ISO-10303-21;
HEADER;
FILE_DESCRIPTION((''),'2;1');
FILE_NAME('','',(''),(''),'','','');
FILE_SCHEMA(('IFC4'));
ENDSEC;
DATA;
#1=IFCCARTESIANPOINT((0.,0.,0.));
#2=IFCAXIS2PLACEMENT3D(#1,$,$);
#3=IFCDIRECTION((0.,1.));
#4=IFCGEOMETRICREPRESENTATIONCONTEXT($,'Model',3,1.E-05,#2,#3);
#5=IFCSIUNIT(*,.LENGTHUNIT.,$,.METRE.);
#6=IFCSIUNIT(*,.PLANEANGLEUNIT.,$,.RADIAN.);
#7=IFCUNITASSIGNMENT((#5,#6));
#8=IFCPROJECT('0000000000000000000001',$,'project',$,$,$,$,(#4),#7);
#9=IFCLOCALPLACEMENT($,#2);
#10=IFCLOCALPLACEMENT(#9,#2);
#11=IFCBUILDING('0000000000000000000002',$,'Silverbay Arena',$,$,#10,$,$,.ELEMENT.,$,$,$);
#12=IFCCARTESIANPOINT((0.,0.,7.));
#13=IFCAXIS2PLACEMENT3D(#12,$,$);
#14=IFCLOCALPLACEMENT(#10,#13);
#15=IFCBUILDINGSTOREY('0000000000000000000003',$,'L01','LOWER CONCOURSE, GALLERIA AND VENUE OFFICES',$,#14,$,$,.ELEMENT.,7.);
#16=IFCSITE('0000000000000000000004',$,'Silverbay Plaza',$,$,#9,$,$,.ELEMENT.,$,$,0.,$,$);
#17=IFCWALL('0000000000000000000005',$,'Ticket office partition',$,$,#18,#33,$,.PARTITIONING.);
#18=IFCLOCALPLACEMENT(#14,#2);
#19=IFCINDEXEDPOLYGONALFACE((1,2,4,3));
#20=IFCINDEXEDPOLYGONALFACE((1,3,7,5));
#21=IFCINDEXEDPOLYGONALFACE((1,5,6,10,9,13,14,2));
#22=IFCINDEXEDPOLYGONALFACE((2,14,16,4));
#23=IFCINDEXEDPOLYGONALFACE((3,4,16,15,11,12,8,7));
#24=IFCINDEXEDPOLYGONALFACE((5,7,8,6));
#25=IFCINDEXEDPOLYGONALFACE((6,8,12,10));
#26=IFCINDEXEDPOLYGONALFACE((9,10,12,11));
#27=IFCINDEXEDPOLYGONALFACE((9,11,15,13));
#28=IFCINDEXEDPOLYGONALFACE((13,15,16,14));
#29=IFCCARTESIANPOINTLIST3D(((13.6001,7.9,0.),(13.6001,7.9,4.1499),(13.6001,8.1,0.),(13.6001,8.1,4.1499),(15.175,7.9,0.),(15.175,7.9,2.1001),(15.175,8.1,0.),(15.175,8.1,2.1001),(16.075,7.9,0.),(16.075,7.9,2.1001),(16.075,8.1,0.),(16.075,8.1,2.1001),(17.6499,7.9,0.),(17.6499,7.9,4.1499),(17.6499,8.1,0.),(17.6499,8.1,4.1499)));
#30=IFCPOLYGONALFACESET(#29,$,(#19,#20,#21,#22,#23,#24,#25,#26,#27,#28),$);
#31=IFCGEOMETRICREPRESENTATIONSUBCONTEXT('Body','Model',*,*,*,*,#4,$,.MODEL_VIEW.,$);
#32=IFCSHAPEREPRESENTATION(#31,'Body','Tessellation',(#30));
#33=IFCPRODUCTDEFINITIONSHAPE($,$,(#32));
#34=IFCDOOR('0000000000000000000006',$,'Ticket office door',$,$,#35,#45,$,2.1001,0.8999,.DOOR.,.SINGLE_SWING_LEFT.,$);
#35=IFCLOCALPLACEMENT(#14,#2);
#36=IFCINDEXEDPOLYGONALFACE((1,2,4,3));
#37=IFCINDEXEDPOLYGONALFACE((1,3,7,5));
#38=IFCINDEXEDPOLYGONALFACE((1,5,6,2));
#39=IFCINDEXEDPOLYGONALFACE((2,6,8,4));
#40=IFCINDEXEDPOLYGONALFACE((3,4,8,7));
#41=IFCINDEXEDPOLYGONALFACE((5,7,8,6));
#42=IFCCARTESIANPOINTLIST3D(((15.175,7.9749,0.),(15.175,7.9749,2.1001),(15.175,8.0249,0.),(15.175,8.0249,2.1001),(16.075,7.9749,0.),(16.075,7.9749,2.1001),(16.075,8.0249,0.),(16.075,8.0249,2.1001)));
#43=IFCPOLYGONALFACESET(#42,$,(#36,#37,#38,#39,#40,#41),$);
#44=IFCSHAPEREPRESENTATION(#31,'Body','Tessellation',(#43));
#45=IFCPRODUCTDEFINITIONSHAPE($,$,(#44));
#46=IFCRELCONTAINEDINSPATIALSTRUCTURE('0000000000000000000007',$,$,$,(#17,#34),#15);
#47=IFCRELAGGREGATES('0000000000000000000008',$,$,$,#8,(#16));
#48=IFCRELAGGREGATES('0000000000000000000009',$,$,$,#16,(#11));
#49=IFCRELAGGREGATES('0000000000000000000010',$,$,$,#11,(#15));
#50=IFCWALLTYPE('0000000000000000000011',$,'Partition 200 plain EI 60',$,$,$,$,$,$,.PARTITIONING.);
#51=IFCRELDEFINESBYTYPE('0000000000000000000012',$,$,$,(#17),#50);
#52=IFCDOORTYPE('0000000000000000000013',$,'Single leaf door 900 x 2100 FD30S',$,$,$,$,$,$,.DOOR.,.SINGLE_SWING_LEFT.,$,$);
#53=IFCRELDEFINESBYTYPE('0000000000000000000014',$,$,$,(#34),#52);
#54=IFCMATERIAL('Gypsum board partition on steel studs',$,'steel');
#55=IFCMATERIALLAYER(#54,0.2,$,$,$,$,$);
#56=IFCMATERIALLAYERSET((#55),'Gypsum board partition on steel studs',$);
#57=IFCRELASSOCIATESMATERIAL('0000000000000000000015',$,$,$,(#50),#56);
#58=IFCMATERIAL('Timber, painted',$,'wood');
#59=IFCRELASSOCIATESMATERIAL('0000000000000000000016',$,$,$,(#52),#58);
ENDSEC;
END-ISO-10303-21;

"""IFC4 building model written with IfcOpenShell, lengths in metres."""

from ifc_helpers import new_model, si_unit, direction, frame, frame_2d, origin, place, context, subcontext, project, spatial, rectangle, extrude, material, layer, layer_set, type_object, element, fill, save


model = new_model("IFC4")

# Units and contexts
model_context = context("Model", 3, precision=1e-05, world=origin(), true_north=direction((0.0, 1.0)))
body_context = subcontext(model_context, "Body", "Model", "MODEL_VIEW")
ifc_project = project(units=[si_unit("LENGTHUNIT", "METRE"), si_unit("PLANEANGLEUNIT", "RADIAN")], contexts=[model_context])

# Site, building, storey
site_placement = place(None, origin())
site = spatial("IfcSite", under=ifc_project, at=site_placement, Name="Silverbay Plaza", CompositionType="ELEMENT", RefElevation=0.0)
building_placement = place(site_placement, origin())
building = spatial("IfcBuilding", under=site, at=building_placement, Name="Silverbay Arena", CompositionType="ELEMENT")
storey_placement = place(building_placement, frame((0.0, 0.0, 7.0)))
storey = spatial("IfcBuildingStorey", under=building, at=storey_placement, Name="L01", Description="LOWER CONCOURSE, GALLERIA AND VENUE OFFICES", CompositionType="ELEMENT", Elevation=7.0)

# Wall, opening, door
ifc_material_1 = material(Name="Gypsum board partition on steel studs", Category="steel")
ifc_layer_1 = layer(ifc_material_1, 0.2)
ifc_layer_set_1 = layer_set([ifc_layer_1], Name="Gypsum board partition on steel studs")
wall_type_1 = type_object("IfcWallType", Name="Partition 200 plain EI 60", PredefinedType="PARTITIONING", material=ifc_layer_set_1)
wall_1_placement = place(storey_placement, frame((13.6001, 8.0, 0.0), z_axis=(0.0, 0.0, 1.0), x_axis=(1.0, 0.0, 0.0)))
wall_1 = element("IfcWall", 1, at=wall_1_placement, inside=storey, type_object=wall_type_1, Name="Ticket office partition", PredefinedType="PARTITIONING", context=body_context, shape_type="SweptSolid", body=[
    extrude(rectangle(XDim=4.0498, YDim=0.2, at=frame_2d((2.0249, 0.0))), origin(), (0.0, 0.0, 1.0), 4.1499),
])
opening_1_placement = place(wall_1_placement, frame((1.575, 0.0, 0.0)))
opening_1 = element("IfcOpeningElement", 2, at=opening_1_placement, cuts=wall_1, PredefinedType="OPENING", context=body_context, shape_type="SweptSolid", body=[
    extrude(rectangle(XDim=0.8999, YDim=2.1001, at=frame_2d((0.45, 1.05))), frame((0.0, 0.1099, 0.0), z_axis=(0.0, -1.0, 0.0), x_axis=(1.0, 0.0, 0.0)), (0.0, 0.0, 1.0), 0.22),
])
ifc_material_2 = material(Name="Timber, painted", Category="wood")
door_type_1 = type_object("IfcDoorType", Name="Single leaf door 900 x 2100 FD30S", OperationType="SINGLE_SWING_LEFT", PredefinedType="DOOR", material=ifc_material_2)
door_1_placement = place(opening_1_placement, origin())
door_1 = element("IfcDoor", 3, at=door_1_placement, inside=storey, type_object=door_type_1, Name="Ticket office door", OperationType="SINGLE_SWING_LEFT", OverallHeight=2.1001, OverallWidth=0.8999, PredefinedType="DOOR", context=body_context, shape_type="SweptSolid", body=[
    extrude(rectangle(XDim=0.8999, YDim=2.1001, at=frame_2d((0.45, 1.05))), frame((0.0, 0.0249, 0.0), z_axis=(0.0, -1.0, 0.0), x_axis=(1.0, 0.0, 0.0)), (0.0, 0.0, 1.0), 0.05),
])
fill(opening_1, door_1)

save(model, "model.ifc")
